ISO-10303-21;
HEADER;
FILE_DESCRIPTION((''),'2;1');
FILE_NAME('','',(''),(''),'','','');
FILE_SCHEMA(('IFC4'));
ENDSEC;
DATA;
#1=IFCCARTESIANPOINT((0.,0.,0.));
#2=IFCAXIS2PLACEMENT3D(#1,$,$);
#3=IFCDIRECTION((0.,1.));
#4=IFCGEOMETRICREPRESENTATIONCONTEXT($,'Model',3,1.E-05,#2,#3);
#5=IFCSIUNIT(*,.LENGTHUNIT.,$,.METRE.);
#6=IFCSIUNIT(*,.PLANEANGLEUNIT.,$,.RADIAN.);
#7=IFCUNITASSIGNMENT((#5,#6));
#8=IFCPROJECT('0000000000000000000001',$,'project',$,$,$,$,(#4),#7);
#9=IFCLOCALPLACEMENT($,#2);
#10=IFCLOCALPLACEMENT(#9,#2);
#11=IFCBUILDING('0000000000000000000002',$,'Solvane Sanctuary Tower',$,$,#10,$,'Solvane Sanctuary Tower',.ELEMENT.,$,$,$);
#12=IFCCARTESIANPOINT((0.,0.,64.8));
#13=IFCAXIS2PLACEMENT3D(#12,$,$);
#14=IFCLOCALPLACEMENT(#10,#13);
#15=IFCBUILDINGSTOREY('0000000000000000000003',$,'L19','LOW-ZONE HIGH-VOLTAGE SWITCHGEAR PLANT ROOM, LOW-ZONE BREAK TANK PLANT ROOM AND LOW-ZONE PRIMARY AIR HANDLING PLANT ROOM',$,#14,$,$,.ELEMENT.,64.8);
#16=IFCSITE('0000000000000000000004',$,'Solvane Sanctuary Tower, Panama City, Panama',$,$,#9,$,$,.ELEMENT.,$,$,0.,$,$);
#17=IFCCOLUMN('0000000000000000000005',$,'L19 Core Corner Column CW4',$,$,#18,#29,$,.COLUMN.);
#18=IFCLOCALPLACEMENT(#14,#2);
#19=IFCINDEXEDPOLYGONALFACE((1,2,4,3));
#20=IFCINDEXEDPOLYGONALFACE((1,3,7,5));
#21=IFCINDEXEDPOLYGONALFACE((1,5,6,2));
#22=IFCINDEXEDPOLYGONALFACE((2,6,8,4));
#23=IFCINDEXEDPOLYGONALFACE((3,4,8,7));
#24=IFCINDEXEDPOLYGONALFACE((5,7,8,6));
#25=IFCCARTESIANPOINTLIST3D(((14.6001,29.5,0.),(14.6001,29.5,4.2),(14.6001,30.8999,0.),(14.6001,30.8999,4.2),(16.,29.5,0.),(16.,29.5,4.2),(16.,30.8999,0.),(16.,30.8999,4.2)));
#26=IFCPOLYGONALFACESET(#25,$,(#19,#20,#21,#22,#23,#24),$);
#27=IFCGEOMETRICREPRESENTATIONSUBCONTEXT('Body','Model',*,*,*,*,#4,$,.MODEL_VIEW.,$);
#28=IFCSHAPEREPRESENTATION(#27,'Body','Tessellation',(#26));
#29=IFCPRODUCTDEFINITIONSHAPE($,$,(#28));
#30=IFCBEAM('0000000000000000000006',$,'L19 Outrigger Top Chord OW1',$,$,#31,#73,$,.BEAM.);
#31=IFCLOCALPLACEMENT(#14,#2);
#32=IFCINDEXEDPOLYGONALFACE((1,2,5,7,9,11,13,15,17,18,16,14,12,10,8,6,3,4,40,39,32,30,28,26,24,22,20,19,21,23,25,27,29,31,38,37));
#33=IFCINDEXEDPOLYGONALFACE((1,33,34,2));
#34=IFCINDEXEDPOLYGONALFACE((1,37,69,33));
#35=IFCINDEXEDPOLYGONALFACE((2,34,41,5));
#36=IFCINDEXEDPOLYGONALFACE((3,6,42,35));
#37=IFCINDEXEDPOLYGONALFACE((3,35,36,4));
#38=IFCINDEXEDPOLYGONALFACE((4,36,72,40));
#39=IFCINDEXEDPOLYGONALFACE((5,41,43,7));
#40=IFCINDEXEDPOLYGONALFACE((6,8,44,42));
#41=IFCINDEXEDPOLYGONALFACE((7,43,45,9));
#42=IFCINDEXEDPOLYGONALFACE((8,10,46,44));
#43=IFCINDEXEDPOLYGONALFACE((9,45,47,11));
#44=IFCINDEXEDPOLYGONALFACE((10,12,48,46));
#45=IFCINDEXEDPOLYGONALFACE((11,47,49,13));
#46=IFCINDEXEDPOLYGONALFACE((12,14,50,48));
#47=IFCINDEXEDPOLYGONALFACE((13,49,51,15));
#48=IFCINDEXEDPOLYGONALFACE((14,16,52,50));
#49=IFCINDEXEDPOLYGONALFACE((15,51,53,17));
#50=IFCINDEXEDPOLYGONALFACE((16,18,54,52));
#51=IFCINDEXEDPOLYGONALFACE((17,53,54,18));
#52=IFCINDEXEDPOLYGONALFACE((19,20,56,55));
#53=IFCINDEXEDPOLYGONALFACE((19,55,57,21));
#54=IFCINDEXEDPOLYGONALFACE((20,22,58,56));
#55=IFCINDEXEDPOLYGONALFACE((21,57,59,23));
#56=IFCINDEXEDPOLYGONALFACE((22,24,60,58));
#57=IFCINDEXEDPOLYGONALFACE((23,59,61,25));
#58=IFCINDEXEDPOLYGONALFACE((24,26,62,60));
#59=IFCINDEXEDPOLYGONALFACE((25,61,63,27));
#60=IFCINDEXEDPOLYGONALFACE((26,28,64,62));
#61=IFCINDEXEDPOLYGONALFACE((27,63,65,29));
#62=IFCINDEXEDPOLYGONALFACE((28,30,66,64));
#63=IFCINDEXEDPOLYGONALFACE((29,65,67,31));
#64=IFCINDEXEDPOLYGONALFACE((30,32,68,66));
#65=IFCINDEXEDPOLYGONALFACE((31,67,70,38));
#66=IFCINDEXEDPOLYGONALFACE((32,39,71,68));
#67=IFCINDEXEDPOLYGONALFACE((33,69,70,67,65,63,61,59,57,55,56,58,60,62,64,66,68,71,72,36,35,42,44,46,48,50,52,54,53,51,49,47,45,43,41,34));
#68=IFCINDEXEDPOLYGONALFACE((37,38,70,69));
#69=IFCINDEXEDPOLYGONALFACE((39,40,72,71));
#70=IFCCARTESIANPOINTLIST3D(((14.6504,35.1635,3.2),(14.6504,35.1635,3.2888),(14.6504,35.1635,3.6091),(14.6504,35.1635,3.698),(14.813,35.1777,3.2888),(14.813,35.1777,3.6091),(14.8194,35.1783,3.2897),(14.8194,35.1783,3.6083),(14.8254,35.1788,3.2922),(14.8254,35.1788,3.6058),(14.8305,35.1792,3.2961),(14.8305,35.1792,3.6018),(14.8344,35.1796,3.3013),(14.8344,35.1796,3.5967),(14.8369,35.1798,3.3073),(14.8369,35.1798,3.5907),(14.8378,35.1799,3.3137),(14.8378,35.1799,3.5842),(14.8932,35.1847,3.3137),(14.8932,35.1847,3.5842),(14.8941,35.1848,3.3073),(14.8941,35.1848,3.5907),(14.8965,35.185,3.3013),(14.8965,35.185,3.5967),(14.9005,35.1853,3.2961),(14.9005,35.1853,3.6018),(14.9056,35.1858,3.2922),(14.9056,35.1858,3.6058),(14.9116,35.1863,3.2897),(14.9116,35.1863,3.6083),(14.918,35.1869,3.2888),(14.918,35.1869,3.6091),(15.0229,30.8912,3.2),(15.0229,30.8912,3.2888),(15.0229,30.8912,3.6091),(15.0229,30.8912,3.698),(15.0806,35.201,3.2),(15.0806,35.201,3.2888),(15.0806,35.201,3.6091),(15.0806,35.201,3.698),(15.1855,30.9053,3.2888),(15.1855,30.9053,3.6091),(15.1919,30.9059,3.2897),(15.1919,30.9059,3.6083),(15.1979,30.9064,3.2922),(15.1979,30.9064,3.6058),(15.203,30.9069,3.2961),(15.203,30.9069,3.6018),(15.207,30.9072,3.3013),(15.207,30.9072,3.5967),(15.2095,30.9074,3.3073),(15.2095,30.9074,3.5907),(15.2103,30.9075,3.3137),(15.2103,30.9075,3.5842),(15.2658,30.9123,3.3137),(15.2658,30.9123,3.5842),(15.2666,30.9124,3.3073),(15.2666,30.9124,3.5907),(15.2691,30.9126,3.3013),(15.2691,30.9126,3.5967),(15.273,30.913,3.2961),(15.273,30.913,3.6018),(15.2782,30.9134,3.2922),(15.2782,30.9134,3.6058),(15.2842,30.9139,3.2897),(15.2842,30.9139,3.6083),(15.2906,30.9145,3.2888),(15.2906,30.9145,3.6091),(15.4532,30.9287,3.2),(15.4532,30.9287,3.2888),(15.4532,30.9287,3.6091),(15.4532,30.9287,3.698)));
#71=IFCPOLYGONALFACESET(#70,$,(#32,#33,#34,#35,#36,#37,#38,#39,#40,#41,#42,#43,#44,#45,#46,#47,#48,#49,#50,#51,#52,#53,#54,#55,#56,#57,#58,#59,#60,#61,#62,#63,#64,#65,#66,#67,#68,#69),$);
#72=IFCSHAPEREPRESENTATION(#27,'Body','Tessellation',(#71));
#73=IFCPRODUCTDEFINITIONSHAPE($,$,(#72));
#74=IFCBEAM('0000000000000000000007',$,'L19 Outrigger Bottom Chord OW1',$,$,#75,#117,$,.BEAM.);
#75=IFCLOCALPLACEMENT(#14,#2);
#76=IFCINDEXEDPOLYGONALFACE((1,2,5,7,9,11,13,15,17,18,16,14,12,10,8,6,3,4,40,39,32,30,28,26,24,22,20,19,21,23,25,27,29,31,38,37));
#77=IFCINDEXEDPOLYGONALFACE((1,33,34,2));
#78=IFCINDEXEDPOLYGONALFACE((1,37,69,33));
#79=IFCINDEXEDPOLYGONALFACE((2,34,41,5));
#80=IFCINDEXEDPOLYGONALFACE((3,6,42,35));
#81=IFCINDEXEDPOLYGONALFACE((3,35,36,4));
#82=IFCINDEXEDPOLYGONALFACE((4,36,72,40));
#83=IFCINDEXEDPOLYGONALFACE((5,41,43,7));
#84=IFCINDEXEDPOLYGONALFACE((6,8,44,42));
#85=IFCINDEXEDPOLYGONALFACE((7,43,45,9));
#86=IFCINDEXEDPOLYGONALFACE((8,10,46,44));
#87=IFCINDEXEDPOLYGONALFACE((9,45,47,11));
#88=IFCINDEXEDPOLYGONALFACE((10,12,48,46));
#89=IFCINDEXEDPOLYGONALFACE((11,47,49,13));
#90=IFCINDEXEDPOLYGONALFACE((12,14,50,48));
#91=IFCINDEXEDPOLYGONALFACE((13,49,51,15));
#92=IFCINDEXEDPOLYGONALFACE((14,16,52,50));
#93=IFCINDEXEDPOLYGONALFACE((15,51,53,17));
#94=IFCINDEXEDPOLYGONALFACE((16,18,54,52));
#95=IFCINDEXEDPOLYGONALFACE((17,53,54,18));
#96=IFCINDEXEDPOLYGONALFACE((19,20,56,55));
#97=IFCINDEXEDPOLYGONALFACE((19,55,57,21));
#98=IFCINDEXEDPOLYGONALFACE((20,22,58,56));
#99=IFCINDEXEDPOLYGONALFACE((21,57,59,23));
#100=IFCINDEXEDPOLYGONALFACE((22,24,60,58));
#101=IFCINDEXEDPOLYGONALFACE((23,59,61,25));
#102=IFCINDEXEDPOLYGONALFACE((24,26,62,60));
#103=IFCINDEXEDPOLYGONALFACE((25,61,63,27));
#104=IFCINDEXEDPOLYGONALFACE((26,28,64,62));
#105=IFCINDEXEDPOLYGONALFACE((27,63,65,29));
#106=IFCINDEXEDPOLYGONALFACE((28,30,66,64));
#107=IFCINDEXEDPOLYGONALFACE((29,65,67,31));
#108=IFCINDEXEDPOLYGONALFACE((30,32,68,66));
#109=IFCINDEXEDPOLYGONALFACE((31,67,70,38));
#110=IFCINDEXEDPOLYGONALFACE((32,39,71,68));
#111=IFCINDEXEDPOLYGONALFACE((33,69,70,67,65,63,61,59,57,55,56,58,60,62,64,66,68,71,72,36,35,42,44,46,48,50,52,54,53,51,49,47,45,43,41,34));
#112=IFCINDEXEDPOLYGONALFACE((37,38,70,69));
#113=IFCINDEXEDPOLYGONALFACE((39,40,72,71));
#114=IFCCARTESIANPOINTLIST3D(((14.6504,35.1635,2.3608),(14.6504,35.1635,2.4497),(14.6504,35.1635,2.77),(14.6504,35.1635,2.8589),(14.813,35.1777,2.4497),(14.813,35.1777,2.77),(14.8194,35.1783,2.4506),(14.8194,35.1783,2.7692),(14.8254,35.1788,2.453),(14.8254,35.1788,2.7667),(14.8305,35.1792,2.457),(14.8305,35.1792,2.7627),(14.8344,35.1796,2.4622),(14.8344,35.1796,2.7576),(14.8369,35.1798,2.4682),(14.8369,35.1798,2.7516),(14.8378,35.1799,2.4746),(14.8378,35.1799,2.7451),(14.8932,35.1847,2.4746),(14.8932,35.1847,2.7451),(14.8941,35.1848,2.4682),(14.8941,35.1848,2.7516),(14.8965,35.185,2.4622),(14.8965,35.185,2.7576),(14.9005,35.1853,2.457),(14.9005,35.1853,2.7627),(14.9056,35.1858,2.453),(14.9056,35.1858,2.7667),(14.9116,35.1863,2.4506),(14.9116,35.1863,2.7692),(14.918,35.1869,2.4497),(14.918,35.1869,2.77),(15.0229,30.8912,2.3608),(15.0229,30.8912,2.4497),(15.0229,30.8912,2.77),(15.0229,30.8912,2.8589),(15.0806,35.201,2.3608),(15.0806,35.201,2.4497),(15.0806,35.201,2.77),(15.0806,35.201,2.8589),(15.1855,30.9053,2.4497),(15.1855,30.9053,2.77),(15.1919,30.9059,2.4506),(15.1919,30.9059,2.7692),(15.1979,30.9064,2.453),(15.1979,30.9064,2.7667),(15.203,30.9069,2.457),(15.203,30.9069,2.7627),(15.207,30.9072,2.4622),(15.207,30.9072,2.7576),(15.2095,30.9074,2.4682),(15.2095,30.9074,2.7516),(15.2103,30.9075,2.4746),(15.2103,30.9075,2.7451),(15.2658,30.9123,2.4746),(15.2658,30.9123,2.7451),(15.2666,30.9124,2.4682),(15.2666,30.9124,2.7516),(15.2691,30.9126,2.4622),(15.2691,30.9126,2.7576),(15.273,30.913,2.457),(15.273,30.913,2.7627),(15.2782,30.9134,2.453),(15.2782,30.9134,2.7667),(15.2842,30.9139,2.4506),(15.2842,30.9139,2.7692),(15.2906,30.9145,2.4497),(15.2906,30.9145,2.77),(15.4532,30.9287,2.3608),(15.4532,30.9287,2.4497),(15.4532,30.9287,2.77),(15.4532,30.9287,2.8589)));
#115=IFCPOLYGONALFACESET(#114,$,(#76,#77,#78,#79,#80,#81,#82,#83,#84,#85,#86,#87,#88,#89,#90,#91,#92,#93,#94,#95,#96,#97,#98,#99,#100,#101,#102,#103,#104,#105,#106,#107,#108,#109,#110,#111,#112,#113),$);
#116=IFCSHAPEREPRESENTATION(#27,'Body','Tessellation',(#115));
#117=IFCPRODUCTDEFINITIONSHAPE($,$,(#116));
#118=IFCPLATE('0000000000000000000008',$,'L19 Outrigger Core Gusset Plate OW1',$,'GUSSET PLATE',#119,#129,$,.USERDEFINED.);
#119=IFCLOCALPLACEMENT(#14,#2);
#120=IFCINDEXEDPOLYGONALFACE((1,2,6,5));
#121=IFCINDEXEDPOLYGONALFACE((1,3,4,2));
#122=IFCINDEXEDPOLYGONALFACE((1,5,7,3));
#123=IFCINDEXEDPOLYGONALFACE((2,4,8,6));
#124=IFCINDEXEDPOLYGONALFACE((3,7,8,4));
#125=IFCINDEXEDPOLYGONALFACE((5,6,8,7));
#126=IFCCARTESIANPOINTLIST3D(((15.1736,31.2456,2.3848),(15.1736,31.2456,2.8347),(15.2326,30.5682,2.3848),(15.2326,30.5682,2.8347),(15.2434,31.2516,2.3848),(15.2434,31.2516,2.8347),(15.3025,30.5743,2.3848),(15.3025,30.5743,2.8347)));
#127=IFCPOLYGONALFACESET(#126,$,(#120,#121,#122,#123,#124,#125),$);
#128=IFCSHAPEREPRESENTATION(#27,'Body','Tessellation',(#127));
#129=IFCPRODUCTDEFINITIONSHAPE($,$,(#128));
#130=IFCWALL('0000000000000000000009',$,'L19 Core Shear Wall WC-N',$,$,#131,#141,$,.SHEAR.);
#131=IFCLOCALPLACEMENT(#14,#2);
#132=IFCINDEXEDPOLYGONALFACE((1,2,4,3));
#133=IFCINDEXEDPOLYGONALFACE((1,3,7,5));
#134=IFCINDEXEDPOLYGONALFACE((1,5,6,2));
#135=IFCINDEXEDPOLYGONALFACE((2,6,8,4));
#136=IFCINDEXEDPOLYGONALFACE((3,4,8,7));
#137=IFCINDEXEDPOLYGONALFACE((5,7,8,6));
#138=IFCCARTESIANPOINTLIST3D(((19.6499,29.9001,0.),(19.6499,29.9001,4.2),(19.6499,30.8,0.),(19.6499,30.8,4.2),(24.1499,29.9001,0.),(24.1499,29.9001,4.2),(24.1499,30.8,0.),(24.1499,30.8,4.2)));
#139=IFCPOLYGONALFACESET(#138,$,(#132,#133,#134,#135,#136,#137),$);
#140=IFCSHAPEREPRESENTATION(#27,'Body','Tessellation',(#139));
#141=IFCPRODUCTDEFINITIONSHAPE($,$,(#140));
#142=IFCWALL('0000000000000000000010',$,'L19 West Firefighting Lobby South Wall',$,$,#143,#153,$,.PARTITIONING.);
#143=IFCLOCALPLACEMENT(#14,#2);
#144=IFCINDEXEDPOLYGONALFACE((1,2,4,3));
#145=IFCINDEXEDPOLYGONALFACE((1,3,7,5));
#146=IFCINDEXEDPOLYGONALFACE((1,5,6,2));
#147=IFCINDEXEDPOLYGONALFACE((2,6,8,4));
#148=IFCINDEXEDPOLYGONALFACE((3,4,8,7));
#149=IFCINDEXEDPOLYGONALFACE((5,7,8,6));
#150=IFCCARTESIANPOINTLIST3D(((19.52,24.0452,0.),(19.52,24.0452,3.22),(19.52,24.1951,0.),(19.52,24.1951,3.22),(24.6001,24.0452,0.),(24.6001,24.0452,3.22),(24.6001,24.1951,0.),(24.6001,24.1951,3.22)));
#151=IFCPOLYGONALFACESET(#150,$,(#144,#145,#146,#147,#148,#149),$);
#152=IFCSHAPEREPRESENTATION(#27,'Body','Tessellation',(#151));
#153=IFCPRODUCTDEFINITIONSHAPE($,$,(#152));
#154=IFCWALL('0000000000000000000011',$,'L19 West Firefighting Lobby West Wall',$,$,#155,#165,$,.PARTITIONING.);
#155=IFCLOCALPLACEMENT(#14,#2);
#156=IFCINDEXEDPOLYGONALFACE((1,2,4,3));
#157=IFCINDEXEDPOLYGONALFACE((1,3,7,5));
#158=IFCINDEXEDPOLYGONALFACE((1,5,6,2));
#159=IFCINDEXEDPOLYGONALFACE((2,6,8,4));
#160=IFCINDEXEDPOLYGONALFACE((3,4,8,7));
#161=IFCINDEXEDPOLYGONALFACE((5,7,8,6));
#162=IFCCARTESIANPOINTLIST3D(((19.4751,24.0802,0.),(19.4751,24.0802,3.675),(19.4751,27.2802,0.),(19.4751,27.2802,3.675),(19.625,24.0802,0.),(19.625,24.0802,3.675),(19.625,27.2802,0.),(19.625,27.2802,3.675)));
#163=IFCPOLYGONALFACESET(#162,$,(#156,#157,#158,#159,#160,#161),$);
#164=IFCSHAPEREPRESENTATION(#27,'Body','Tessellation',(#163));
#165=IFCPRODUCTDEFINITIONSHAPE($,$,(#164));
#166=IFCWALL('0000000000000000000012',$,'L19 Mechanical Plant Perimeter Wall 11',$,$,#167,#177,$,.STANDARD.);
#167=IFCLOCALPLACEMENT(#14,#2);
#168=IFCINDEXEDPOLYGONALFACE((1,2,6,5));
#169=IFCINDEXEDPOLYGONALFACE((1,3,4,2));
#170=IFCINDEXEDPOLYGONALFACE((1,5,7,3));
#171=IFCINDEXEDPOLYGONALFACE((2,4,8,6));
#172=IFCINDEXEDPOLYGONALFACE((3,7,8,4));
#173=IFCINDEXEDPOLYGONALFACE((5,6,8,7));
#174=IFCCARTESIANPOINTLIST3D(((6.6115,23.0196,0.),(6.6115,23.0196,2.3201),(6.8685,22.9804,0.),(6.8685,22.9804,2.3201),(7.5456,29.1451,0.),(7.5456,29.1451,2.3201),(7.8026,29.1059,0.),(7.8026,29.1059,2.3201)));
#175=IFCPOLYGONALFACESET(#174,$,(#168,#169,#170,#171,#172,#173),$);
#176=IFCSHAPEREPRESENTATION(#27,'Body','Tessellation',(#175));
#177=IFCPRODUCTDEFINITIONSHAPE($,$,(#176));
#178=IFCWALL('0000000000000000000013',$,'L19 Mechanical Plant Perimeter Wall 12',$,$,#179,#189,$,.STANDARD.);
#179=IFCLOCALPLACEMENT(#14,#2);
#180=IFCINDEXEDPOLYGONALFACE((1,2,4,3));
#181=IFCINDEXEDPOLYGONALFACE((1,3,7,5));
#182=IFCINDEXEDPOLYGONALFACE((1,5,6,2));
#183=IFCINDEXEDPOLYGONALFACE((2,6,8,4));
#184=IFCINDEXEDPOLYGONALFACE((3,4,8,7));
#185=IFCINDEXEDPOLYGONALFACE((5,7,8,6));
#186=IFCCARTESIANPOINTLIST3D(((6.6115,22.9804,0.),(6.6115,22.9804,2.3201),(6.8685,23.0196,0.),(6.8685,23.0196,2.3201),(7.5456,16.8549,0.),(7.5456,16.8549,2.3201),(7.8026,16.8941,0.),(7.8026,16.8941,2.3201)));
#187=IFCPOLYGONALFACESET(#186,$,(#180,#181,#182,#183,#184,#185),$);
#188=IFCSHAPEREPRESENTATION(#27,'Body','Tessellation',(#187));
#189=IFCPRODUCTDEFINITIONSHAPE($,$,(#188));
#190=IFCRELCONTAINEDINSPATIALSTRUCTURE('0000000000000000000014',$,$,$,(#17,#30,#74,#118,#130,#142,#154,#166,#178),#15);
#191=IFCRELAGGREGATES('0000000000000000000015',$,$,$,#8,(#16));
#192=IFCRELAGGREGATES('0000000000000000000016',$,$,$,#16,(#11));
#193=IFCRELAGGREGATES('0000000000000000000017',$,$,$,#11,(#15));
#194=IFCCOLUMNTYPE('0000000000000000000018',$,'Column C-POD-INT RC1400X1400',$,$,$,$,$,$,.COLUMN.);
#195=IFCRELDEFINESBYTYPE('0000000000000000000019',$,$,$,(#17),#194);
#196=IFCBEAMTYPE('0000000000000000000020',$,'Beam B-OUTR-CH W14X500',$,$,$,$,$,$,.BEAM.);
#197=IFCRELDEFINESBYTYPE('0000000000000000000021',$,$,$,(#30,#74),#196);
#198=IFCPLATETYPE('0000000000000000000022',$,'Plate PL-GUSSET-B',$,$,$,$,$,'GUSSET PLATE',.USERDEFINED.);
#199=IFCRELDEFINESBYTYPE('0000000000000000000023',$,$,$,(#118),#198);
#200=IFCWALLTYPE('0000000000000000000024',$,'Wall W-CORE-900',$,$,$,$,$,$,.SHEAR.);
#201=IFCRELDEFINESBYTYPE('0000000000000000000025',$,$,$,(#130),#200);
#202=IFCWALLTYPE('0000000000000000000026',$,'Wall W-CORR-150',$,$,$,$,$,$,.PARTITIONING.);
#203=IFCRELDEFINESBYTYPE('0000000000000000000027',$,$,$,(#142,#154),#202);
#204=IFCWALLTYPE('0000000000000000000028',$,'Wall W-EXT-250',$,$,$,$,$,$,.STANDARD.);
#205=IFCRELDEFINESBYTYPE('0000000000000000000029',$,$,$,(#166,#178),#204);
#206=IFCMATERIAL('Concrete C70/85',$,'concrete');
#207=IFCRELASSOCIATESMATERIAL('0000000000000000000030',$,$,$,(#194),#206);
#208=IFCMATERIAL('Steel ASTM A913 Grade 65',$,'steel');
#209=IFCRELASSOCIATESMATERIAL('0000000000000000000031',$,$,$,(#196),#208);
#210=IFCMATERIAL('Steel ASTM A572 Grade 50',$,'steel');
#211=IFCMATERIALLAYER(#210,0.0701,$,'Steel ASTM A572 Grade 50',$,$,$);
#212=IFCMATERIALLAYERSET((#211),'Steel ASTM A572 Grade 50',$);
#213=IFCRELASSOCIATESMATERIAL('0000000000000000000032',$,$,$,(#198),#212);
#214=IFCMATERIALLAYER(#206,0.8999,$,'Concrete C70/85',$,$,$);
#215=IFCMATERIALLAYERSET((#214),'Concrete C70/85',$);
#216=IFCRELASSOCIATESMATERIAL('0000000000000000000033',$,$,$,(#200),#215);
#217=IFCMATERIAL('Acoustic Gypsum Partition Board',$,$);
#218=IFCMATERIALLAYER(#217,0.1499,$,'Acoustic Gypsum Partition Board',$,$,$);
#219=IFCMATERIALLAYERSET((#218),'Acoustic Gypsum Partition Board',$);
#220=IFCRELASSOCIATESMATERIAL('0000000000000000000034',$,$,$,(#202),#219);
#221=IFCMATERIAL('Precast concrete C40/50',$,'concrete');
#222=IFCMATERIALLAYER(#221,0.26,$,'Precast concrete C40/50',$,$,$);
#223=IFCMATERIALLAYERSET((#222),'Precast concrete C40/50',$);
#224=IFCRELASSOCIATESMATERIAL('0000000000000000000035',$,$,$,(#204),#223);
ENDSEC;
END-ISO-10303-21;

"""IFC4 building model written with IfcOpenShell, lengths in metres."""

from ifc_helpers import new_model, si_unit, direction, frame, frame_2d, origin, origin_2d, place, context, subcontext, project, spatial, rectangle, i_section, extrude, material, layer, layer_set, material_profile, profile_set, type_object, element, save


model = new_model("IFC4")

# Units and contexts
model_context = context("Model", 3, precision=1e-05, world=origin(), true_north=direction((0.0, 1.0)))
body_context = subcontext(model_context, "Body", "Model", "MODEL_VIEW")
ifc_project = project(units=[si_unit("LENGTHUNIT", "METRE"), si_unit("PLANEANGLEUNIT", "RADIAN")], contexts=[model_context])

# Site, building, storey
site_placement = place(None, origin())
site = spatial("IfcSite", under=ifc_project, at=site_placement, Name="Solvane Sanctuary Tower, Panama City, Panama", CompositionType="ELEMENT", RefElevation=0.0)
building_placement = place(site_placement, origin())
building = spatial("IfcBuilding", under=site, at=building_placement, Name="Solvane Sanctuary Tower", LongName="Solvane Sanctuary Tower", CompositionType="ELEMENT")
storey_placement = place(building_placement, frame((0.0, 0.0, 64.8)))
storey = spatial("IfcBuildingStorey", under=building, at=storey_placement, Name="L19", Description="LOW-ZONE HIGH-VOLTAGE SWITCHGEAR PLANT ROOM, LOW-ZONE BREAK TANK PLANT ROOM AND LOW-ZONE PRIMARY AIR HANDLING PLANT ROOM", CompositionType="ELEMENT", Elevation=64.8)

# Column
ifc_material_1 = material(Name="Concrete C70/85", Category="concrete")
ifc_material_profile_1 = material_profile(ifc_material_1, rectangle(XDim=1.3999, YDim=1.3999, at=origin_2d()), Name="RC1400X1400")
ifc_profile_set_1 = profile_set([ifc_material_profile_1], Name="Concrete C70/85")
column_type = type_object("IfcColumnType", Name="Column C-POD-INT RC1400X1400", PredefinedType="COLUMN", material=ifc_profile_set_1)
column_placement = place(storey_placement, frame((15.3, 30.2, 0.0), z_axis=(0.0, 0.0, 1.0), x_axis=(1.0, 0.0, 0.0)))
element("IfcColumn", 1, at=column_placement, inside=storey, type_object=column_type, Name="L19 Core Corner Column CW4", PredefinedType="COLUMN", context=body_context, shape_type="SweptSolid", body=[
    extrude(rectangle(XDim=1.3999, YDim=1.3999, at=origin_2d()), origin(), (0.0, 0.0, 1.0), 4.2),
])

# Beams
ifc_material_2 = material(Name="Steel ASTM A913 Grade 65", Category="steel")
ifc_material_profile_2 = material_profile(ifc_material_2, i_section(OverallWidth=0.4319, OverallDepth=0.498, WebThickness=0.0557, FlangeThickness=0.0889, FilletRadius=0.0249, at=origin_2d()), Name="W14X500")
ifc_profile_set_2 = profile_set([ifc_material_profile_2], Name="Steel ASTM A913 Grade 65")
beam_type = type_object("IfcBeamType", Name="Beam B-OUTR-CH W14X500", PredefinedType="BEAM", material=ifc_profile_set_2)
for number, where, z_axis, x_axis, name in (
    (2, (15.238, 30.9099, 3.449), (-0.08687, 0.99622, 0.0), (-0.99622, -0.08687, 0.0), "L19 Outrigger Top Chord OW1"),
    (3, (15.238, 30.9099, 2.6099), (-0.08687, 0.99622, 0.0), (-0.99622, -0.08687, 0.0), "L19 Outrigger Bottom Chord OW1"),
):
    element("IfcBeam", number, at=place(storey_placement, frame(where, z_axis=z_axis, x_axis=x_axis)), inside=storey, type_object=beam_type, Name=name, PredefinedType="BEAM", context=body_context, shape_type="SweptSolid", body=[
        extrude(i_section(OverallWidth=0.4319, OverallDepth=0.498, WebThickness=0.0557, FlangeThickness=0.0889, FilletRadius=0.0249, at=origin_2d()), origin(), (0.0, 0.0, 1.0), 4.2886),
    ])

# Plate
ifc_material_3 = material(Name="Steel ASTM A572 Grade 50", Category="steel")
ifc_layer_1 = layer(ifc_material_3, 0.0701, Name="Steel ASTM A572 Grade 50")
ifc_layer_set_1 = layer_set([ifc_layer_1], Name="Steel ASTM A572 Grade 50")
plate_type = type_object("IfcPlateType", Name="Plate PL-GUSSET-B", ElementType="GUSSET PLATE", PredefinedType="USERDEFINED", material=ifc_layer_set_1)
plate_placement = place(storey_placement, frame((15.238, 30.9099, 2.3848), z_axis=(0.0, 0.0, 1.0), x_axis=(-0.086808, 0.996225, 0.0)))
element("IfcPlate", 4, at=plate_placement, inside=storey, type_object=plate_type, Name="L19 Outrigger Core Gusset Plate OW1", ObjectType="GUSSET PLATE", PredefinedType="USERDEFINED", context=body_context, shape_type="SweptSolid", body=[
    extrude(rectangle(XDim=0.6799, YDim=0.0701, at=origin_2d()), origin(), (0.0, 0.0, 1.0), 0.45),
])

# Walls
ifc_layer_2 = layer(ifc_material_1, 0.8999, Name="Concrete C70/85")
ifc_layer_set_2 = layer_set([ifc_layer_2], Name="Concrete C70/85")
wall_type_1 = type_object("IfcWallType", Name="Wall W-CORE-900", PredefinedType="SHEAR", material=ifc_layer_set_2)
wall_1_placement = place(storey_placement, frame((19.6499, 30.3501, 0.0), z_axis=(0.0, 0.0, 1.0), x_axis=(1.0, 0.0, 0.0)))
element("IfcWall", 5, at=wall_1_placement, inside=storey, type_object=wall_type_1, Name="L19 Core Shear Wall WC-N", PredefinedType="SHEAR", context=body_context, shape_type="SweptSolid", body=[
    extrude(rectangle(XDim=4.5, YDim=0.8999, at=frame_2d((2.25, 0.0))), origin(), (0.0, 0.0, 1.0), 4.2),
])
ifc_material_4 = material(Name="Acoustic Gypsum Partition Board")
ifc_layer_3 = layer(ifc_material_4, 0.1499, Name="Acoustic Gypsum Partition Board")
ifc_layer_set_3 = layer_set([ifc_layer_3], Name="Acoustic Gypsum Partition Board")
wall_type_2 = type_object("IfcWallType", Name="Wall W-CORR-150", PredefinedType="PARTITIONING", material=ifc_layer_set_3)
wall_2_placement = place(storey_placement, frame((19.52, 24.1201, 0.0), z_axis=(0.0, 0.0, 1.0), x_axis=(1.0, 0.0, 0.0)))
element("IfcWall", 6, at=wall_2_placement, inside=storey, type_object=wall_type_2, Name="L19 West Firefighting Lobby South Wall", PredefinedType="PARTITIONING", context=body_context, shape_type="SweptSolid", body=[
    extrude(rectangle(XDim=5.0801, YDim=0.1499, at=frame_2d((2.54, 0.0))), origin(), (0.0, 0.0, 1.0), 3.22),
])
wall_3_placement = place(storey_placement, frame((19.55, 24.0801, 0.0), z_axis=(0.0, 0.0, 1.0), x_axis=(0.0, 1.0, 0.0)))
element("IfcWall", 7, at=wall_3_placement, inside=storey, type_object=wall_type_2, Name="L19 West Firefighting Lobby West Wall", PredefinedType="PARTITIONING", context=body_context, shape_type="SweptSolid", body=[
    extrude(rectangle(XDim=3.2, YDim=0.1499, at=frame_2d((1.6001, 0.0))), origin(), (0.0, 0.0, 1.0), 3.675),
])
ifc_material_5 = material(Name="Precast concrete C40/50", Category="concrete")
ifc_layer_4 = layer(ifc_material_5, 0.26, Name="Precast concrete C40/50")
ifc_layer_set_4 = layer_set([ifc_layer_4], Name="Precast concrete C40/50")
wall_type_3 = type_object("IfcWallType", Name="Wall W-EXT-250", PredefinedType="STANDARD", material=ifc_layer_set_4)
for number, where, z_axis, x_axis, name in (
    (8, (7.6741, 29.1255, 0.0), (0.0, 0.0, 1.0), (-0.150748, -0.988572, 0.0), "L19 Mechanical Plant Perimeter Wall 11"),
    (9, (6.74, 23.0, 0.0), (0.0, 0.0, 1.0), (0.150748, -0.988572, 0.0), "L19 Mechanical Plant Perimeter Wall 12"),
):
    element("IfcWall", number, at=place(storey_placement, frame(where, z_axis=z_axis, x_axis=x_axis)), inside=storey, type_object=wall_type_3, Name=name, PredefinedType="STANDARD", context=body_context, shape_type="SweptSolid", body=[
        extrude(rectangle(XDim=6.1963, YDim=0.26, at=frame_2d((3.0981, 0.0))), origin(), (0.0, 0.0, 1.0), 2.3201),
    ])

save(model, "model.ifc")
